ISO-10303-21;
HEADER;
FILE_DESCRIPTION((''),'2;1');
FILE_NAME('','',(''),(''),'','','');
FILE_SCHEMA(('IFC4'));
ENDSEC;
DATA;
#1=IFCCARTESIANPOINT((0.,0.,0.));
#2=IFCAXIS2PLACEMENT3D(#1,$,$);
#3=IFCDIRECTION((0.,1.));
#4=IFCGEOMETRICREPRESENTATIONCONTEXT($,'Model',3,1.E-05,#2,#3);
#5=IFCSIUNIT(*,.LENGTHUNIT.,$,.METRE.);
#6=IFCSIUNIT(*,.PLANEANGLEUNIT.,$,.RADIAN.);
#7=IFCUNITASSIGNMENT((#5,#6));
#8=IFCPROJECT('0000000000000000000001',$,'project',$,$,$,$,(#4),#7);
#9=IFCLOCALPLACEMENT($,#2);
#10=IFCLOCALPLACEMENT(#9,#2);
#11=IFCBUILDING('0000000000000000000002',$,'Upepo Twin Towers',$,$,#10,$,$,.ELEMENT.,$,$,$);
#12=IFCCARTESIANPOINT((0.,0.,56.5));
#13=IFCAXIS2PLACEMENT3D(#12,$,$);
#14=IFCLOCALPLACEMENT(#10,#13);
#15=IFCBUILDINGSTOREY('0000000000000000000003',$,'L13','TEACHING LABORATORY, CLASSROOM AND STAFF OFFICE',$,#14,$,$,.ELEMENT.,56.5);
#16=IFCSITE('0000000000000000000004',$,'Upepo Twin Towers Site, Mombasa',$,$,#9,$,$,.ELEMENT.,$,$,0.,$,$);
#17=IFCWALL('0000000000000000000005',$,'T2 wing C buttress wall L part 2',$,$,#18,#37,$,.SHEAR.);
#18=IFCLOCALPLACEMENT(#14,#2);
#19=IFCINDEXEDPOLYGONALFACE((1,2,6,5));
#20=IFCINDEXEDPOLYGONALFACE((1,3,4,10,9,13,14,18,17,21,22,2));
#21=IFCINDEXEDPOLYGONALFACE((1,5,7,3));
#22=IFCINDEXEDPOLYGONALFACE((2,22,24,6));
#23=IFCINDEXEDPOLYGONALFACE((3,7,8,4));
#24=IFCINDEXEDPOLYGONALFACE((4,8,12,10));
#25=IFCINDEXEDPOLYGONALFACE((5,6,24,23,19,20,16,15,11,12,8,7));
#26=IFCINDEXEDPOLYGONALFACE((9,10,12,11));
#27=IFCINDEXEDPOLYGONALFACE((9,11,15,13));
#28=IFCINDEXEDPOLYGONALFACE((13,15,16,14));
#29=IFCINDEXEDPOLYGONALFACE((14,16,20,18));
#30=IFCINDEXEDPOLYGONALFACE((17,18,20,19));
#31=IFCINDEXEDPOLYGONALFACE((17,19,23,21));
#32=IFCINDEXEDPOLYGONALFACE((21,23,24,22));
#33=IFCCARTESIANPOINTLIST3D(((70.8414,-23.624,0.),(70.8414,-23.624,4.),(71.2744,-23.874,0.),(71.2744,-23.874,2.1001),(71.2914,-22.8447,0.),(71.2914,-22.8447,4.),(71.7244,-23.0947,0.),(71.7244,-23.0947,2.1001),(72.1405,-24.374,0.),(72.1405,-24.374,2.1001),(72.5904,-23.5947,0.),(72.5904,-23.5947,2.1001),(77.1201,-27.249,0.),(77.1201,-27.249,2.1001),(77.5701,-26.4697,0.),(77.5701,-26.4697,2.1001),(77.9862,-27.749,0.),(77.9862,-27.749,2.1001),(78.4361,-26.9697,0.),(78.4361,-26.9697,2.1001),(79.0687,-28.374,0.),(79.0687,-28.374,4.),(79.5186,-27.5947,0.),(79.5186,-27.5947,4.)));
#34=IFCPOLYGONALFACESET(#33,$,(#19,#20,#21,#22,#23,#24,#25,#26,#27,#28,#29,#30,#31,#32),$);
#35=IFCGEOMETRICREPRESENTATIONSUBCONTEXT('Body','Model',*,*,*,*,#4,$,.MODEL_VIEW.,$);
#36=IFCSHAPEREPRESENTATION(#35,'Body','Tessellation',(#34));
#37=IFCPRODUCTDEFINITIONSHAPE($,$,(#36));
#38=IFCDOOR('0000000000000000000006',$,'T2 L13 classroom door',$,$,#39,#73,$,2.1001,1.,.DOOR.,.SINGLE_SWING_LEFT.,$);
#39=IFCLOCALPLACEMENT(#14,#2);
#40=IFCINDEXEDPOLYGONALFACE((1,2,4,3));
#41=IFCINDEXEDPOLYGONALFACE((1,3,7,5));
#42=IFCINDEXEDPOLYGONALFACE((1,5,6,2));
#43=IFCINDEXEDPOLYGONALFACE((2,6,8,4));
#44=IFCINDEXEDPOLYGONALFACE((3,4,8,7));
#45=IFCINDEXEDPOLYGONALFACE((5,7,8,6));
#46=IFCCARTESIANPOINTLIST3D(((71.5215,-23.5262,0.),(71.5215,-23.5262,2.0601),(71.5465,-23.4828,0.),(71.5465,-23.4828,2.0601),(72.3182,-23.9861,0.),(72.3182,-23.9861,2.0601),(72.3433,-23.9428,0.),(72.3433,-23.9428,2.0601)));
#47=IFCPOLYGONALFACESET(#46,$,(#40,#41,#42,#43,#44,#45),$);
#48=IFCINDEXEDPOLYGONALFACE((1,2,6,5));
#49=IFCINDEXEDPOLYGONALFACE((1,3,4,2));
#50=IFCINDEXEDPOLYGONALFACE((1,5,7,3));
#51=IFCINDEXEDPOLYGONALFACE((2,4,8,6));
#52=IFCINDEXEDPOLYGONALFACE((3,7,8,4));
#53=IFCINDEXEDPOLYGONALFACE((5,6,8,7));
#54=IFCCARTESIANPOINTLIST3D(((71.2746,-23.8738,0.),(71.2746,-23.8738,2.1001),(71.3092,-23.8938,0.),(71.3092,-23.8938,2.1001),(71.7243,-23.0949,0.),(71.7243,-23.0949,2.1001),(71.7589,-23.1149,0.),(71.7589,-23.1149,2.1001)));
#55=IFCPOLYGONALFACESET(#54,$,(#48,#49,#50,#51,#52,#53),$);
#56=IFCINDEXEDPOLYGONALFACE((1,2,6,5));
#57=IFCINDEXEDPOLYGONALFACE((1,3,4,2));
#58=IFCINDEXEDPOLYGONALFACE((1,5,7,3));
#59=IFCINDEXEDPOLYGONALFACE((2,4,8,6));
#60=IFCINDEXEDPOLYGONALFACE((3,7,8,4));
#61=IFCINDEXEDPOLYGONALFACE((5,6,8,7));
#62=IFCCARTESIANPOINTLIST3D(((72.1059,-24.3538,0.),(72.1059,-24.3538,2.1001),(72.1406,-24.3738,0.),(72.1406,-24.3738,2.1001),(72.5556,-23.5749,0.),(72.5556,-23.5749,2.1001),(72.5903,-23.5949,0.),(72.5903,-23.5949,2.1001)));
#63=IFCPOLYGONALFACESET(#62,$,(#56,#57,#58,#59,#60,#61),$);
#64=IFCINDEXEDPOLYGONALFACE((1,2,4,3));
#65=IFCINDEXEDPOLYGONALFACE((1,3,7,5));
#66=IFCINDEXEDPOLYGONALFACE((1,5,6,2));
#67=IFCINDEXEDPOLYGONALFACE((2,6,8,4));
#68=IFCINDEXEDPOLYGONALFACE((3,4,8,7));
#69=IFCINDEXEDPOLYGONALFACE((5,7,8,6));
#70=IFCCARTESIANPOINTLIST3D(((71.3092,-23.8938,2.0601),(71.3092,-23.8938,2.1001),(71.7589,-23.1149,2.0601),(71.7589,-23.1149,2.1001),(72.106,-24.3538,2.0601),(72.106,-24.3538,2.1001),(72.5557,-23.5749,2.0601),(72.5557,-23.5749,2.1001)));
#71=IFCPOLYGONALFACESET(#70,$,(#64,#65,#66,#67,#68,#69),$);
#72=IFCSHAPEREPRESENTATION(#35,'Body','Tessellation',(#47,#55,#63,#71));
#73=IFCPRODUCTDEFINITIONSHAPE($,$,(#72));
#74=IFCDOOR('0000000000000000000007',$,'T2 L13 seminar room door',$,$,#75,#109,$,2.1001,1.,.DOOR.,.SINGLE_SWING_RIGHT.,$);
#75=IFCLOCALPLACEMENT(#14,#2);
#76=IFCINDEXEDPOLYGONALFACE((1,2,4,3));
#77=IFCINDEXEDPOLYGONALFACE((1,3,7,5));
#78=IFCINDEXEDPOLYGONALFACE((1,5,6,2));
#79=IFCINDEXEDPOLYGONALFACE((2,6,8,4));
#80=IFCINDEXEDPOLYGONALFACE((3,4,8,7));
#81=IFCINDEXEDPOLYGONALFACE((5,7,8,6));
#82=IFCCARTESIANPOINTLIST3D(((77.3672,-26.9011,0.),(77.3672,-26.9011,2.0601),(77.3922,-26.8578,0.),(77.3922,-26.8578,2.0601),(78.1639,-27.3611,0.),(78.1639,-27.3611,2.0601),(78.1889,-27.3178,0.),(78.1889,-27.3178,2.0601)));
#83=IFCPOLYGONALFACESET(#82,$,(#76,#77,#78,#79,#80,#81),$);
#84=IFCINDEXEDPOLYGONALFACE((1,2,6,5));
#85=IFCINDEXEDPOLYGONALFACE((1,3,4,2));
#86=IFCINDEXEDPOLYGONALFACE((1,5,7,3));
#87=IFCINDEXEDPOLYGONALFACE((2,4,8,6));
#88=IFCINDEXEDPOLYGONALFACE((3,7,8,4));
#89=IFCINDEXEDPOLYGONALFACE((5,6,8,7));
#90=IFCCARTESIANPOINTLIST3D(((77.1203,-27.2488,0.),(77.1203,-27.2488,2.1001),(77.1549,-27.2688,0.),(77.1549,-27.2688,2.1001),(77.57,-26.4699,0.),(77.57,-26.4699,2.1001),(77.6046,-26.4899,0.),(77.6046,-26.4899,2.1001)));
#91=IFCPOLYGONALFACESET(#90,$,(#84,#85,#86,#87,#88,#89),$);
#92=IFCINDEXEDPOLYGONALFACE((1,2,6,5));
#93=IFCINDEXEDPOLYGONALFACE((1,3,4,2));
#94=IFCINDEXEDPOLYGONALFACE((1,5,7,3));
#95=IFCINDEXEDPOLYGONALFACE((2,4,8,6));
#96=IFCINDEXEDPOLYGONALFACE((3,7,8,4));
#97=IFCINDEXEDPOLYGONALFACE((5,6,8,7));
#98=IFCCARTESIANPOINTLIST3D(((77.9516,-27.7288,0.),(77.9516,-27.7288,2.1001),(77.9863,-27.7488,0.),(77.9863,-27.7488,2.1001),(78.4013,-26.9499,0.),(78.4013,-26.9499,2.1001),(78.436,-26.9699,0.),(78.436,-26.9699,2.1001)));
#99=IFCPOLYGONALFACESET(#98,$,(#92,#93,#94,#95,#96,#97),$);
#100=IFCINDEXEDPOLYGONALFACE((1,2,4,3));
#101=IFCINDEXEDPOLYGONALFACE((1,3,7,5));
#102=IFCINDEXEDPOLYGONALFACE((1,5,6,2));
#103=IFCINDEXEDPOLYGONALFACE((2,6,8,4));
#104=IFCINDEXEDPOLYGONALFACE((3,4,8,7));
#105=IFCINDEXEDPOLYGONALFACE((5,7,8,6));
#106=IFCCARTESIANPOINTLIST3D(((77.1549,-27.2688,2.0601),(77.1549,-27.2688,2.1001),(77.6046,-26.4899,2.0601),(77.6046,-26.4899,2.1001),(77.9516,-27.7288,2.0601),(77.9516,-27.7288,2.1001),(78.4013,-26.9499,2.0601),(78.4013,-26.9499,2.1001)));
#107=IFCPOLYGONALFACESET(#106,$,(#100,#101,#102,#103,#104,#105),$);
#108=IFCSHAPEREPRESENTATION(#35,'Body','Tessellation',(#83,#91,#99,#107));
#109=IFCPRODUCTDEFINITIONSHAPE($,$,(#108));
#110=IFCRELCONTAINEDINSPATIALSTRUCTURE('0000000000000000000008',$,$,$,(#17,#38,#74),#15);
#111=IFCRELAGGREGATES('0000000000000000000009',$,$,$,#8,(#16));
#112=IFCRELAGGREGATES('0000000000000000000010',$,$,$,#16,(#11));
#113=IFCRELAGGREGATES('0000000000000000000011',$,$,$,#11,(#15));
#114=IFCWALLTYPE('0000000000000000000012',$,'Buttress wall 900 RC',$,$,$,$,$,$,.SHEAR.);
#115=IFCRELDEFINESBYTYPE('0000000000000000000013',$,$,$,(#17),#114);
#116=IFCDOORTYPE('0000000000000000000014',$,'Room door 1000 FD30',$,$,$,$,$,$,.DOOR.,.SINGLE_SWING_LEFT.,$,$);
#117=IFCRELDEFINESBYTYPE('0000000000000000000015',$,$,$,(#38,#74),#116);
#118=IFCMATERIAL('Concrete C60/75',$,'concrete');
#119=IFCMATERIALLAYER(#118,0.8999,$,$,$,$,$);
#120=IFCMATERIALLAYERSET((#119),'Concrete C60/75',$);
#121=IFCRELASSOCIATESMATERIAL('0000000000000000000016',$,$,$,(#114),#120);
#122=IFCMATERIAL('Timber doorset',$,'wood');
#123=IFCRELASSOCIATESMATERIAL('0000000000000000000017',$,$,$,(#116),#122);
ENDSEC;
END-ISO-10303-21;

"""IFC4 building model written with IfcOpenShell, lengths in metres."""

from ifc_helpers import new_model, si_unit, direction, frame, frame_2d, origin, place, context, subcontext, project, spatial, rectangle, extrude, material, layer, layer_set, type_object, element, fill, save


model = new_model("IFC4")

# Units and contexts
model_context = context("Model", 3, precision=1e-05, world=origin(), true_north=direction((0.0, 1.0)))
body_context = subcontext(model_context, "Body", "Model", "MODEL_VIEW")
ifc_project = project(units=[si_unit("LENGTHUNIT", "METRE"), si_unit("PLANEANGLEUNIT", "RADIAN")], contexts=[model_context])

# Site, building, storey
site_placement = place(None, origin())
site = spatial("IfcSite", under=ifc_project, at=site_placement, Name="Upepo Twin Towers Site, Mombasa", CompositionType="ELEMENT", RefElevation=0.0)
building_placement = place(site_placement, origin())
building = spatial("IfcBuilding", under=site, at=building_placement, Name="Upepo Twin Towers", CompositionType="ELEMENT")
storey_placement = place(building_placement, frame((0.0, 0.0, 56.5)))
storey = spatial("IfcBuildingStorey", under=building, at=storey_placement, Name="L13", Description="TEACHING LABORATORY, CLASSROOM AND STAFF OFFICE", CompositionType="ELEMENT", Elevation=56.5)

# Wall, openings, doors
ifc_material_1 = material(Name="Concrete C60/75", Category="concrete")
ifc_layer_1 = layer(ifc_material_1, 0.8999)
ifc_layer_set_1 = layer_set([ifc_layer_1], Name="Concrete C60/75")
wall_type_1 = type_object("IfcWallType", Name="Buttress wall 900 RC", PredefinedType="SHEAR", material=ifc_layer_set_1)
wall_1_placement = place(storey_placement, frame((71.0664, -23.2344, 0.0), z_axis=(0.0, 0.0, 1.0), x_axis=(0.866027, -0.499998, 0.0)))
wall_1 = element("IfcWall", 1, at=wall_1_placement, inside=storey, type_object=wall_type_1, Name="T2 wing C buttress wall L part 2", PredefinedType="SHEAR", context=body_context, shape_type="SweptSolid", body=[
    extrude(rectangle(XDim=9.5, YDim=0.8999, at=frame_2d((4.75, 0.0))), origin(), (0.0, 0.0, 1.0), 4.0),
])
opening_1_placement = place(wall_1_placement, frame((0.5, 0.0, 0.0)))
opening_1 = element("IfcOpeningElement", 2, at=opening_1_placement, cuts=wall_1, PredefinedType="OPENING", context=body_context, shape_type="SweptSolid", body=[
    extrude(rectangle(XDim=1.0, YDim=2.1001, at=frame_2d((0.5, 1.05))), frame((0.0, 0.46, 0.0), z_axis=(0.0, -1.0, 0.0), x_axis=(1.0, 0.0, 0.0)), (0.0, 0.0, 1.0), 0.9199),
])
opening_2_placement = place(wall_1_placement, frame((7.25, 0.0, 0.0)))
opening_2 = element("IfcOpeningElement", 3, at=opening_2_placement, cuts=wall_1, PredefinedType="OPENING", context=body_context, shape_type="SweptSolid", body=[
    extrude(rectangle(XDim=1.0, YDim=2.1001, at=frame_2d((0.5, 1.05))), frame((0.0, 0.46, 0.0), z_axis=(0.0, -1.0, 0.0), x_axis=(1.0, 0.0, 0.0)), (0.0, 0.0, 1.0), 0.9199),
])
ifc_material_2 = material(Name="Timber doorset", Category="wood")
door_type = type_object("IfcDoorType", Name="Room door 1000 FD30", OperationType="SINGLE_SWING_LEFT", PredefinedType="DOOR", material=ifc_material_2)
door_1_placement = place(opening_1_placement, origin())
door_1 = element("IfcDoor", 4, at=door_1_placement, inside=storey, type_object=door_type, Name="T2 L13 classroom door", OperationType="SINGLE_SWING_LEFT", OverallHeight=2.1001, OverallWidth=1.0, PredefinedType="DOOR", context=body_context, shape_type="SweptSolid", body=[
    extrude(rectangle(XDim=0.92, YDim=2.0601, at=frame_2d((0.5, 1.03))), frame((0.0, 0.0249, 0.0), z_axis=(0.0, -1.0, 0.0), x_axis=(1.0, 0.0, 0.0)), (0.0, 0.0, 1.0), 0.05),
    extrude(rectangle(XDim=0.04, YDim=2.1001, at=frame_2d((0.02, 1.05))), frame((0.0, 0.4497, 0.0), z_axis=(0.0, -1.0, 0.0), x_axis=(1.0, 0.0, 0.0)), (0.0, 0.0, 1.0), 0.8994),
    extrude(rectangle(XDim=0.04, YDim=2.1001, at=frame_2d((0.98, 1.05))), frame((0.0, 0.4497, 0.0), z_axis=(0.0, -1.0, 0.0), x_axis=(1.0, 0.0, 0.0)), (0.0, 0.0, 1.0), 0.8994),
    extrude(rectangle(XDim=0.92, YDim=0.04, at=frame_2d((0.5, 2.0801))), frame((0.0, 0.4497, 0.0), z_axis=(0.0, -1.0, 0.0), x_axis=(1.0, 0.0, 0.0)), (0.0, 0.0, 1.0), 0.8994),
])
fill(opening_1, door_1)
door_2_placement = place(opening_2_placement, origin())
door_2 = element("IfcDoor", 5, at=door_2_placement, inside=storey, type_object=door_type, Name="T2 L13 seminar room door", OperationType="SINGLE_SWING_RIGHT", OverallHeight=2.1001, OverallWidth=1.0, PredefinedType="DOOR", context=body_context, shape_type="SweptSolid", body=[
    extrude(rectangle(XDim=0.92, YDim=2.0601, at=frame_2d((0.5, 1.03))), frame((0.0, 0.0249, 0.0), z_axis=(0.0, -1.0, 0.0), x_axis=(1.0, 0.0, 0.0)), (0.0, 0.0, 1.0), 0.05),
    extrude(rectangle(XDim=0.04, YDim=2.1001, at=frame_2d((0.02, 1.05))), frame((0.0, 0.4497, 0.0), z_axis=(0.0, -1.0, 0.0), x_axis=(1.0, 0.0, 0.0)), (0.0, 0.0, 1.0), 0.8994),
    extrude(rectangle(XDim=0.04, YDim=2.1001, at=frame_2d((0.98, 1.05))), frame((0.0, 0.4497, 0.0), z_axis=(0.0, -1.0, 0.0), x_axis=(1.0, 0.0, 0.0)), (0.0, 0.0, 1.0), 0.8994),
    extrude(rectangle(XDim=0.92, YDim=0.04, at=frame_2d((0.5, 2.0801))), frame((0.0, 0.4497, 0.0), z_axis=(0.0, -1.0, 0.0), x_axis=(1.0, 0.0, 0.0)), (0.0, 0.0, 1.0), 0.8994),
])
fill(opening_2, door_2)

save(model, "model.ifc")
